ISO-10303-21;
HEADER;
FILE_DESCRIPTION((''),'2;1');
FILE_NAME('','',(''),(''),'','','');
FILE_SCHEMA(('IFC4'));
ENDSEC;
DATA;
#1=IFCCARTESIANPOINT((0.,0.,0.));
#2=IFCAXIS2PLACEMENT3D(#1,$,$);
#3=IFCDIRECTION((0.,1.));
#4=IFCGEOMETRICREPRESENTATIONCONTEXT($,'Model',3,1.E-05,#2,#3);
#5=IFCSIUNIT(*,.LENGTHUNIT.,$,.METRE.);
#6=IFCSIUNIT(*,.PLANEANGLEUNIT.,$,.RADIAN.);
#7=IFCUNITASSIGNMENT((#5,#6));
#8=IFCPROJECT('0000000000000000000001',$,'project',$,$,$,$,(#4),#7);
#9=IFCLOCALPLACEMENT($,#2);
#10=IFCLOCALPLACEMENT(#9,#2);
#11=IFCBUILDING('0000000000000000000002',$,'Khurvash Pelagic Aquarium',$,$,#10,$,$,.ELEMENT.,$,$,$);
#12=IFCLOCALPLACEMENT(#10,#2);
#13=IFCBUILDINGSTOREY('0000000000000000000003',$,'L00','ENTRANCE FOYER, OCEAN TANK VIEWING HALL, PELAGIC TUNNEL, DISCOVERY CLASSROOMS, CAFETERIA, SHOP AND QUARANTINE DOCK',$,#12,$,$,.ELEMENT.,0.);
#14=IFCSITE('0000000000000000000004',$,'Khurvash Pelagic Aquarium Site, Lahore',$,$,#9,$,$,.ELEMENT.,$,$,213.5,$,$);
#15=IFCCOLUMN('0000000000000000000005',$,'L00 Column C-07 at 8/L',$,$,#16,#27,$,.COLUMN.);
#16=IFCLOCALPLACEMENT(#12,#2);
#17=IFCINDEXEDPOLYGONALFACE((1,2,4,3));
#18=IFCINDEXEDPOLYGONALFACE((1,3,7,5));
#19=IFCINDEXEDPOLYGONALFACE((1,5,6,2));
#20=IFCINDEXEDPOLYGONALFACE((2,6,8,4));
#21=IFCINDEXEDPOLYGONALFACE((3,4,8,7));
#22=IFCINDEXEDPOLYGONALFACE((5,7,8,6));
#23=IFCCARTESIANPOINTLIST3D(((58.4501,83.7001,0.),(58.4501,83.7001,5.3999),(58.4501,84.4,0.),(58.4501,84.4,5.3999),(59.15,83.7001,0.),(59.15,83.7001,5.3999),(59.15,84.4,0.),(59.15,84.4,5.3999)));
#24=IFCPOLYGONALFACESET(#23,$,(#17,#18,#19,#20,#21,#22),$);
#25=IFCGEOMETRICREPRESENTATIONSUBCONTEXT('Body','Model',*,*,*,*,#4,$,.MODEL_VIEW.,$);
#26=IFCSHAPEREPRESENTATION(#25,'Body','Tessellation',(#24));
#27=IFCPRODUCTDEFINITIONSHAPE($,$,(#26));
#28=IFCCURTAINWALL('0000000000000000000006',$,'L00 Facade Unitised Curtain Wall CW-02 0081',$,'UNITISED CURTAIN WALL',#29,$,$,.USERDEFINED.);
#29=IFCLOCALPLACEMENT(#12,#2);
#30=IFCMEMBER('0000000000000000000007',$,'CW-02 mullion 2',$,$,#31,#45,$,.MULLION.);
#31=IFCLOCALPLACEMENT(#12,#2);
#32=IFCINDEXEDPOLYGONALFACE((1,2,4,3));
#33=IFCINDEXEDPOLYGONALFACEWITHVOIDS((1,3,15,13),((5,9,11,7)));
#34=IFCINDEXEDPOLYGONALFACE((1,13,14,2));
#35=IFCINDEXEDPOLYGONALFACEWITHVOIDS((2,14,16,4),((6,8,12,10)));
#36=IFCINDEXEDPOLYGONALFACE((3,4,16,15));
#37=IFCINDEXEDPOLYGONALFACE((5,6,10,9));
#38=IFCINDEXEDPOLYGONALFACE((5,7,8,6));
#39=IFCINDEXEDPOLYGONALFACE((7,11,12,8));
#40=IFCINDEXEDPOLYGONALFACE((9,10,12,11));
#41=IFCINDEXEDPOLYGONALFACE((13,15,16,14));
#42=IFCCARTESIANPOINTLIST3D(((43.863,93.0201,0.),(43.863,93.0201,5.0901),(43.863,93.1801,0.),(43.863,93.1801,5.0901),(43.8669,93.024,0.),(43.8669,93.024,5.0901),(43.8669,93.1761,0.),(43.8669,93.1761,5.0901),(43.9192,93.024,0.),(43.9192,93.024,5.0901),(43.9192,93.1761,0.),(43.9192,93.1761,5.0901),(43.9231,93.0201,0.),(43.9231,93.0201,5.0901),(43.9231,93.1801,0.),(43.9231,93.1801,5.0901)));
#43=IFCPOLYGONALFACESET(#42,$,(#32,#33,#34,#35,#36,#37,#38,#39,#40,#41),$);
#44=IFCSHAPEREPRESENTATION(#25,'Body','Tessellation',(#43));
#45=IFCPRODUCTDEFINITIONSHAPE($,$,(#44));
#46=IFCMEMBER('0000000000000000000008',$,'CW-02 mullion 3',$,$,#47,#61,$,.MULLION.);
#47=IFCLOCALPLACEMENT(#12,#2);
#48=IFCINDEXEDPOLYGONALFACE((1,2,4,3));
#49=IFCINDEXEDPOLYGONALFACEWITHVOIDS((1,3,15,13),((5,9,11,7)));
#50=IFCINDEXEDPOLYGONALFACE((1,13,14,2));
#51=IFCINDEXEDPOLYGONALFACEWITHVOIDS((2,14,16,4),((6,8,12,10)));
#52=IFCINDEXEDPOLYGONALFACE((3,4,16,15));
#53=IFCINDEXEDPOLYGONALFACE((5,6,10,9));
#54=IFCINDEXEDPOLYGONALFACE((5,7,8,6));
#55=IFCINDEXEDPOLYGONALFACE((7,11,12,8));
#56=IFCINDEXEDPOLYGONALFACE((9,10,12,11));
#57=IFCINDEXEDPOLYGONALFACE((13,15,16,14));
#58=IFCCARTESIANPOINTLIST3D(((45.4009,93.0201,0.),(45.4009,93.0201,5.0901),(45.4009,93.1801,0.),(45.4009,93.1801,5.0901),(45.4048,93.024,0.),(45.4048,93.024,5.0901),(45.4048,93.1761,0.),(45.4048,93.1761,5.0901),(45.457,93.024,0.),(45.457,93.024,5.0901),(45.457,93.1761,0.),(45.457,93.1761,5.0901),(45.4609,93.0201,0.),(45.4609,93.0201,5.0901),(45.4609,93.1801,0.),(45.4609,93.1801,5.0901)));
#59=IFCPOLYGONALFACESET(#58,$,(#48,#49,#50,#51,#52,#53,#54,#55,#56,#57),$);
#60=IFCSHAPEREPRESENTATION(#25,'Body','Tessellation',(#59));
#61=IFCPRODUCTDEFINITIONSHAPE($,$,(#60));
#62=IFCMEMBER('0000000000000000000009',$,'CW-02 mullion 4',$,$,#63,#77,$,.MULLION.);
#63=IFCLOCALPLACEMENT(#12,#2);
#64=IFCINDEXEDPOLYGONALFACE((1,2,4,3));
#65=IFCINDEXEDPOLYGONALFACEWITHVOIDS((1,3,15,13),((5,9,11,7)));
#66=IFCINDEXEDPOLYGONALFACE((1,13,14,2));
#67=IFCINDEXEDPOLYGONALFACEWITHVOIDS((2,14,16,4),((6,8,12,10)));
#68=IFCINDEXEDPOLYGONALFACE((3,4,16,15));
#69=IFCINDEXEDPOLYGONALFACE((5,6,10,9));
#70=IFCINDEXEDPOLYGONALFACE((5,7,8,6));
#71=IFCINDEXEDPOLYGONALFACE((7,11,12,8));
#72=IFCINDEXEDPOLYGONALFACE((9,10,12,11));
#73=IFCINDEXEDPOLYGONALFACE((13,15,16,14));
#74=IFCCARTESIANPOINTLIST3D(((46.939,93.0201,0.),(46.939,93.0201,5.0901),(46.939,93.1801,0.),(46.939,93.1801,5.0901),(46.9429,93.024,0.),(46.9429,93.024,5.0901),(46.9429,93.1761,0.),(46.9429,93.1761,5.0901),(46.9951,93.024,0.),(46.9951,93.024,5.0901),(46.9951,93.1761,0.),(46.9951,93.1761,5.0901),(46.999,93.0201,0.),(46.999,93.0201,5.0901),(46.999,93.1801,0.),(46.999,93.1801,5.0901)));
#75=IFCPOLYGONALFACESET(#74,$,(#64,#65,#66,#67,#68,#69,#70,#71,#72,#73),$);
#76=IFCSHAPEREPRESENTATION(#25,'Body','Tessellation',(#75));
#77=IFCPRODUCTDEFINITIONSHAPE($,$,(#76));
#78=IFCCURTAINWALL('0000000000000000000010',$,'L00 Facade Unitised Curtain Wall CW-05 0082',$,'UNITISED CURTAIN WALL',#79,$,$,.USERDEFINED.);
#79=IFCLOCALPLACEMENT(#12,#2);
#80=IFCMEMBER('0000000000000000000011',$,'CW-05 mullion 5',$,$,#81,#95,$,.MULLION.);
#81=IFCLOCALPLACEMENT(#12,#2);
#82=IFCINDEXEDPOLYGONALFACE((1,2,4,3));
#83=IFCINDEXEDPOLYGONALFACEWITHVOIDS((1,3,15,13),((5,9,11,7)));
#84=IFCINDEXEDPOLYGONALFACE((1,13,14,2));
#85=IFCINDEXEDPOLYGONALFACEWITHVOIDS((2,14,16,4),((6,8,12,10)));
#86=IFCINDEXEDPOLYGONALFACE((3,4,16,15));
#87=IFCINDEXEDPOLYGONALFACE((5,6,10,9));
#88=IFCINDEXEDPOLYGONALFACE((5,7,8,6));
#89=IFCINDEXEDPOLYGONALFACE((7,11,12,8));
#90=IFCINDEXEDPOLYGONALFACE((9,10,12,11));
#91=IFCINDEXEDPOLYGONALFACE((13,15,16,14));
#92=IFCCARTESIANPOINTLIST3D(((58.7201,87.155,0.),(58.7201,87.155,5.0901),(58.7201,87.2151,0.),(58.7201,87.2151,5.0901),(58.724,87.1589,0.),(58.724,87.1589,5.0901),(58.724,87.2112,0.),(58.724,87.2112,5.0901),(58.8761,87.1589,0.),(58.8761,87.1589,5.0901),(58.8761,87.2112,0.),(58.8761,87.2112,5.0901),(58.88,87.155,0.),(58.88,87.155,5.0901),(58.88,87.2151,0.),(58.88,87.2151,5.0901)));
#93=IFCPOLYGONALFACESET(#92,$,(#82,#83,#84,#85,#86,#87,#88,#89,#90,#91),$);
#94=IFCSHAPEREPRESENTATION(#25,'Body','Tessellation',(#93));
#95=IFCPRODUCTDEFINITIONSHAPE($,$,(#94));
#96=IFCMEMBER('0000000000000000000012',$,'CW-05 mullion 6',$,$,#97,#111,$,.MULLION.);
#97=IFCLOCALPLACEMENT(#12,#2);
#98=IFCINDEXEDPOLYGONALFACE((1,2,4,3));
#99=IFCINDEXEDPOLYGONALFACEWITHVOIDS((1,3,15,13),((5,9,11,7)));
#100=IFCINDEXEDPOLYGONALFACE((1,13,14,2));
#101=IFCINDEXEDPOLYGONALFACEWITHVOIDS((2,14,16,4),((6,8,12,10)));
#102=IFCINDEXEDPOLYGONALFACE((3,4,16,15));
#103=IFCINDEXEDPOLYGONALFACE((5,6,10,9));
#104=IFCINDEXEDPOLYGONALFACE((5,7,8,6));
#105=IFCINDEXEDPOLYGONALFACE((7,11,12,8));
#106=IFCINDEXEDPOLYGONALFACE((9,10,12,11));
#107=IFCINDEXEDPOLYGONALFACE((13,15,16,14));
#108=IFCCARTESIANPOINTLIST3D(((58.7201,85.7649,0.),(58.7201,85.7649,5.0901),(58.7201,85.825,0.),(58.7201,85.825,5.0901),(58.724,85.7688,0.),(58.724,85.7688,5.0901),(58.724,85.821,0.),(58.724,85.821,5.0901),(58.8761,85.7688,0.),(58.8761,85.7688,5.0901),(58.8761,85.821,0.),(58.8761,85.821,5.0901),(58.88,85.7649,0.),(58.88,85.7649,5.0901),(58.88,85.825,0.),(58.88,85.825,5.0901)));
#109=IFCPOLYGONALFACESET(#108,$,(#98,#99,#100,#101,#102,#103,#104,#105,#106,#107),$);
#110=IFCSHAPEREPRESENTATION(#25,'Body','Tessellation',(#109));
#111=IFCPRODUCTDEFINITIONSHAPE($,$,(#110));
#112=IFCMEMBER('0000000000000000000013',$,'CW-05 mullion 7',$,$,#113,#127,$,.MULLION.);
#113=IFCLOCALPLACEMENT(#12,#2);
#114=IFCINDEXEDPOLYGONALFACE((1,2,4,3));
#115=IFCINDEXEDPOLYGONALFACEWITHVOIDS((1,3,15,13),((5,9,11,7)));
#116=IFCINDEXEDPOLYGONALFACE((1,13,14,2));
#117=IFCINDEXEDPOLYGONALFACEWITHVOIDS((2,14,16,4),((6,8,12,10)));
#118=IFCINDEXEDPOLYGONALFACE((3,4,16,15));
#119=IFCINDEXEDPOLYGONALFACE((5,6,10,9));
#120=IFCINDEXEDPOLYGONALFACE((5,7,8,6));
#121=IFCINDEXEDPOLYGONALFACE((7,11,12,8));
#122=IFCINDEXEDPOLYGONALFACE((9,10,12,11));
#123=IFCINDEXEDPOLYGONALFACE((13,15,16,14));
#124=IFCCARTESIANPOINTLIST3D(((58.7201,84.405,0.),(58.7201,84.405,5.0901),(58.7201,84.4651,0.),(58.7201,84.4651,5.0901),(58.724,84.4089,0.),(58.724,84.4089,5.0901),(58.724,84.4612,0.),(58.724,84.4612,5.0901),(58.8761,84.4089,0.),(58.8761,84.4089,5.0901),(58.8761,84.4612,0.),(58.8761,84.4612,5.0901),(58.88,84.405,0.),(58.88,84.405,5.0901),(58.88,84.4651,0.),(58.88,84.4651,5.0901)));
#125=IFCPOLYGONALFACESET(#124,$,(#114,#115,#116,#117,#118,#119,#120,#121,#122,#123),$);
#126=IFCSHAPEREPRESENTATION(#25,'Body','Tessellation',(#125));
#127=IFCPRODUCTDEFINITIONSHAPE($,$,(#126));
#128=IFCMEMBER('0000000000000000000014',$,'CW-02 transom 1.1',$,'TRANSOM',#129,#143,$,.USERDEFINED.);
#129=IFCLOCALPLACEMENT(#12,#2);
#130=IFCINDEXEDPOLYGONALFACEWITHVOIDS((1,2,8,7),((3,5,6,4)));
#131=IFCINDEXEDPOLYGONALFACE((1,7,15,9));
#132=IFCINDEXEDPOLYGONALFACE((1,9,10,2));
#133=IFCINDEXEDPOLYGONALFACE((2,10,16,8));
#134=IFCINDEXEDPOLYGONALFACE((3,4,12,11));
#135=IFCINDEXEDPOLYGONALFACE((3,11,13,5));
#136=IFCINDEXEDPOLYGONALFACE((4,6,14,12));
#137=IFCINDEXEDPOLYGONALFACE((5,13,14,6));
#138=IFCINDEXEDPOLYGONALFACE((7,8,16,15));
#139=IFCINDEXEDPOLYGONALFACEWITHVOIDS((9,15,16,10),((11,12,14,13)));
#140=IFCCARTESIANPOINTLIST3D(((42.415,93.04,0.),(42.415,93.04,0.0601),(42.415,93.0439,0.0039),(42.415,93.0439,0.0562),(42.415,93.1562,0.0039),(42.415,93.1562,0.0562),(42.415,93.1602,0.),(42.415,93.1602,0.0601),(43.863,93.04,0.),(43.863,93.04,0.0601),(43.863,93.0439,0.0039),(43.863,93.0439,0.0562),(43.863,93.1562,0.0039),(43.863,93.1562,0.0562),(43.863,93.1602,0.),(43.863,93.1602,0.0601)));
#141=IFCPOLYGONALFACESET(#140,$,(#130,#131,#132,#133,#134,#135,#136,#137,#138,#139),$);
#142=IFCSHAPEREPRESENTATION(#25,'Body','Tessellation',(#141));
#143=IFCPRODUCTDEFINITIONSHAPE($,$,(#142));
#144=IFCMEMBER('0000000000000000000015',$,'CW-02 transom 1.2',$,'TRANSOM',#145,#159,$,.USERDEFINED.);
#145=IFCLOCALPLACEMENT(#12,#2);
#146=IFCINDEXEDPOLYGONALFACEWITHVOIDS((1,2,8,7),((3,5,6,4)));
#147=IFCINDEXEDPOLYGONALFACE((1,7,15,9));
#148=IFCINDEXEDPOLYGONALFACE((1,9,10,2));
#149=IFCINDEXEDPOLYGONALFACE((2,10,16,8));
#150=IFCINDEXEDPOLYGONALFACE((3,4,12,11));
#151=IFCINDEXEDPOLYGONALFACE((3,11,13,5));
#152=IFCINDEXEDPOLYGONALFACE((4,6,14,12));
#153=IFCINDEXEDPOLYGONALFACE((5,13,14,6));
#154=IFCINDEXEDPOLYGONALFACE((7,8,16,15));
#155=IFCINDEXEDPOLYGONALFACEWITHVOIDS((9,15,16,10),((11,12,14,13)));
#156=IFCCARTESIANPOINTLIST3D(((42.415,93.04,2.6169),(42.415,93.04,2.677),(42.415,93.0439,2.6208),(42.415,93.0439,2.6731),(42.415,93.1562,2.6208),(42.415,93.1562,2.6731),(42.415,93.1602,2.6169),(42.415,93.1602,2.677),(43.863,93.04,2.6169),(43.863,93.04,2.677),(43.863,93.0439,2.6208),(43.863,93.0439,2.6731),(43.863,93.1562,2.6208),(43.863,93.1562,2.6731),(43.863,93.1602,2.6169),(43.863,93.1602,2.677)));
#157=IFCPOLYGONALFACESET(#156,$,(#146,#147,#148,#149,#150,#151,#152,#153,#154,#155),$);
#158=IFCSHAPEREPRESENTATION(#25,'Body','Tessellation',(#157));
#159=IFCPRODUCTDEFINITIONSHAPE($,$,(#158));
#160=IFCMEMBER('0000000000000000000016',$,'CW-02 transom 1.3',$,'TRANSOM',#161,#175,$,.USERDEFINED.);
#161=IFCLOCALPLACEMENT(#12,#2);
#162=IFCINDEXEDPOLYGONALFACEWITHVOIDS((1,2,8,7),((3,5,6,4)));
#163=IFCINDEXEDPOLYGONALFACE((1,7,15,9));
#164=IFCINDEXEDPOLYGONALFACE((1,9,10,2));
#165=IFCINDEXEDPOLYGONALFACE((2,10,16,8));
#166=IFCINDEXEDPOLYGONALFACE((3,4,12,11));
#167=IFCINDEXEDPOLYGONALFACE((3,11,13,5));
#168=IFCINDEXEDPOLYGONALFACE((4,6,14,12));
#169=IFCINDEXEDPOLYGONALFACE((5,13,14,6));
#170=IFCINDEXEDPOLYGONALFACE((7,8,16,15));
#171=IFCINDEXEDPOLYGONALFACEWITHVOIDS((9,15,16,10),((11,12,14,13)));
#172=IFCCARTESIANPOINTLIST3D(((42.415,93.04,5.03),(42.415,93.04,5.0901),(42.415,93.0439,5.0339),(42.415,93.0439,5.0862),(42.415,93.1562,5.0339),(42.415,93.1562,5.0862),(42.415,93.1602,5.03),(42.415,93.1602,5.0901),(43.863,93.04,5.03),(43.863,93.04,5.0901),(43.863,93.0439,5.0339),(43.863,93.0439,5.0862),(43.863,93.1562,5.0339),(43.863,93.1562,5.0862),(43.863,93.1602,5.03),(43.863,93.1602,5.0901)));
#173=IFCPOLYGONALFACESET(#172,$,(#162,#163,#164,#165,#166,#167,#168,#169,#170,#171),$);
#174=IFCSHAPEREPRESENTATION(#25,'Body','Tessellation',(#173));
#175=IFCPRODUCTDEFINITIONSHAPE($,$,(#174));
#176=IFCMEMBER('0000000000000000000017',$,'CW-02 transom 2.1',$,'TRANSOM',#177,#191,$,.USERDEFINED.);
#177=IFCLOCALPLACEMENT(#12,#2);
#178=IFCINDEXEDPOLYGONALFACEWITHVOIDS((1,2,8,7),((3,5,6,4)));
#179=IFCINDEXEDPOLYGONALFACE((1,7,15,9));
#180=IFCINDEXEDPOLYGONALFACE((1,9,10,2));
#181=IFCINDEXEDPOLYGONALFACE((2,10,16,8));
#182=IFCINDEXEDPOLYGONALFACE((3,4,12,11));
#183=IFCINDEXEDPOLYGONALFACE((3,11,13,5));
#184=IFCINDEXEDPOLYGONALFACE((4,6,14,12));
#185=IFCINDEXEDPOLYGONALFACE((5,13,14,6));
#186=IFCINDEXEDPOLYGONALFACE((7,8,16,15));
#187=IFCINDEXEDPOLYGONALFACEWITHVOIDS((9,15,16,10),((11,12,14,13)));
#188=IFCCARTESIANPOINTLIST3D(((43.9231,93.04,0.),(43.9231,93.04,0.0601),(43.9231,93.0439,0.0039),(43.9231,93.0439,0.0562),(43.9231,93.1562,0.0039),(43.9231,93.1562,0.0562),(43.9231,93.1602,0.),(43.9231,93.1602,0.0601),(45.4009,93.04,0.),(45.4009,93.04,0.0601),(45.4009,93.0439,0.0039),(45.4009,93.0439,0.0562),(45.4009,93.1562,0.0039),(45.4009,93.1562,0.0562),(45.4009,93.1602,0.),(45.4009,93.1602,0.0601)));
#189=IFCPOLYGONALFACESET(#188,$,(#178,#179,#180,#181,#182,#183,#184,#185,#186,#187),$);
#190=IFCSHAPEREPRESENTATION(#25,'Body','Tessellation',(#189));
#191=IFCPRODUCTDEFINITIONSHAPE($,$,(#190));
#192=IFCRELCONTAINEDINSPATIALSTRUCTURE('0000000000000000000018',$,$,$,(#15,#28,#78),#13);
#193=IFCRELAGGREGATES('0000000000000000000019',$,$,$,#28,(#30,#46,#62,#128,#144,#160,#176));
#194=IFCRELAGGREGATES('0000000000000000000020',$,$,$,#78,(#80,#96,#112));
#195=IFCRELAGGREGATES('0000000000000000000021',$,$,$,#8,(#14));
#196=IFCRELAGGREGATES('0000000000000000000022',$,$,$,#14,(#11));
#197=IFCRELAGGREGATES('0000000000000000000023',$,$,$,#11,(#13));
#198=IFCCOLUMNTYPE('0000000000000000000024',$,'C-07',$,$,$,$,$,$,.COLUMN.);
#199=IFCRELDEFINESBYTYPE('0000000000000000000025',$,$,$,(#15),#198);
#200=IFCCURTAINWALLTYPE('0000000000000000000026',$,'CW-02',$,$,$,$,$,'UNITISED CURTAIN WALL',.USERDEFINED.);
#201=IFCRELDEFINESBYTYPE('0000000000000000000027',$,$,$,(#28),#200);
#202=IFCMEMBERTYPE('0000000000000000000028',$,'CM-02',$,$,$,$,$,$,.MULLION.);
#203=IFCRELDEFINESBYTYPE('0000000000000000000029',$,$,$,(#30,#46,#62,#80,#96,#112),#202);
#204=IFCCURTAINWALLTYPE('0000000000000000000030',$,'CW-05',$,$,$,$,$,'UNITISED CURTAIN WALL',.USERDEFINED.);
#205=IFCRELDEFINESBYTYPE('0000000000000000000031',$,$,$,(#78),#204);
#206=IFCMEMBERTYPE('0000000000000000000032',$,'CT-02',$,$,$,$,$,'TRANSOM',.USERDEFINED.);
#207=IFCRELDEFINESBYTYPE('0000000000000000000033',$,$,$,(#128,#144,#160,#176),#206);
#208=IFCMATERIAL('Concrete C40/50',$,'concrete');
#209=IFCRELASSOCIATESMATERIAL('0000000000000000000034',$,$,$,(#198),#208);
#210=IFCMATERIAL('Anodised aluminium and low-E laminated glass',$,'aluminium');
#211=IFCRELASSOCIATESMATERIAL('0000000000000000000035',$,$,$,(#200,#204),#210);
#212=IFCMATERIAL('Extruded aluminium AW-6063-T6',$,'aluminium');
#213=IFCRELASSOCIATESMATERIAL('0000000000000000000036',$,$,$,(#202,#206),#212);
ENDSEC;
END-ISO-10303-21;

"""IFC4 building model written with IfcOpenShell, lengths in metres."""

from ifc_helpers import new_model, si_unit, direction, frame, origin, origin_2d, place, context, subcontext, project, spatial, rectangle, hollow_rectangle, extrude, material, material_profile, profile_set, type_object, element, aggregate, save


model = new_model("IFC4")

# Units and contexts
model_context = context("Model", 3, precision=1e-05, world=origin(), true_north=direction((0.0, 1.0)))
body_context = subcontext(model_context, "Body", "Model", "MODEL_VIEW")
ifc_project = project(units=[si_unit("LENGTHUNIT", "METRE"), si_unit("PLANEANGLEUNIT", "RADIAN")], contexts=[model_context])

# Site, building, storey
site_placement = place(None, origin())
site = spatial("IfcSite", under=ifc_project, at=site_placement, Name="Khurvash Pelagic Aquarium Site, Lahore", CompositionType="ELEMENT", RefElevation=213.5)
building_placement = place(site_placement, origin())
building = spatial("IfcBuilding", under=site, at=building_placement, Name="Khurvash Pelagic Aquarium", CompositionType="ELEMENT")
storey_placement = place(building_placement, origin())
storey = spatial("IfcBuildingStorey", under=building, at=storey_placement, Name="L00", Description="ENTRANCE FOYER, OCEAN TANK VIEWING HALL, PELAGIC TUNNEL, DISCOVERY CLASSROOMS, CAFETERIA, SHOP AND QUARANTINE DOCK", CompositionType="ELEMENT", Elevation=0.0)

# Column
ifc_material_1 = material(Name="Concrete C40/50", Category="concrete")
ifc_material_profile_1 = material_profile(ifc_material_1, rectangle(XDim=0.7, YDim=0.7, at=origin_2d()), Name="RC700X700")
ifc_profile_set_1 = profile_set([ifc_material_profile_1], Name="Concrete C40/50")
column_type = type_object("IfcColumnType", Name="C-07", PredefinedType="COLUMN", material=ifc_profile_set_1)
column_placement = place(storey_placement, frame((58.8, 84.05, 0.0), z_axis=(0.0, 0.0, 1.0), x_axis=(1.0, 0.0, 0.0)))
element("IfcColumn", 1, at=column_placement, inside=storey, type_object=column_type, Name="L00 Column C-07 at 8/L", PredefinedType="COLUMN", context=body_context, shape_type="SweptSolid", body=[
    extrude(rectangle(XDim=0.7, YDim=0.7, at=origin_2d()), origin(), (0.0, 0.0, 1.0), 5.3999),
])

# Curtain walls, members
ifc_material_2 = material(Name="Anodised aluminium and low-E laminated glass", Category="aluminium")
curtain_wall_type_1 = type_object("IfcCurtainWallType", Name="CW-02", ElementType="UNITISED CURTAIN WALL", PredefinedType="USERDEFINED", material=ifc_material_2)
curtain_wall_1_placement = place(storey_placement, origin())
curtain_wall_1 = element("IfcCurtainWall", 2, at=curtain_wall_1_placement, inside=storey, type_object=curtain_wall_type_1, Name="L00 Facade Unitised Curtain Wall CW-02 0081", ObjectType="UNITISED CURTAIN WALL", PredefinedType="USERDEFINED")
ifc_material_3 = material(Name="Extruded aluminium AW-6063-T6", Category="aluminium")
ifc_material_profile_2 = material_profile(ifc_material_3, hollow_rectangle(XDim=0.0601, YDim=0.1599, WallThickness=0.0039, at=origin_2d()), Name="CWM60X160X4")
ifc_profile_set_2 = profile_set([ifc_material_profile_2], Name="Extruded aluminium AW-6063-T6")
member_type_1 = type_object("IfcMemberType", Name="CM-02", PredefinedType="MULLION", material=ifc_profile_set_2)
member_1_placement = place(storey_placement, frame((43.8931, 93.1001, 0.0), z_axis=(0.0, 0.0, 1.0), x_axis=(1.0, 0.0, 0.0)))
member_1 = element("IfcMember", 3, at=member_1_placement, type_object=member_type_1, Name="CW-02 mullion 2", PredefinedType="MULLION", context=body_context, shape_type="SweptSolid", body=[
    extrude(hollow_rectangle(XDim=0.0601, YDim=0.1599, WallThickness=0.0039, at=origin_2d()), origin(), (0.0, 0.0, 1.0), 5.0901),
])
member_2_placement = place(storey_placement, frame((45.4309, 93.1001, 0.0), z_axis=(0.0, 0.0, 1.0), x_axis=(1.0, 0.0, 0.0)))
member_2 = element("IfcMember", 4, at=member_2_placement, type_object=member_type_1, Name="CW-02 mullion 3", PredefinedType="MULLION", context=body_context, shape_type="SweptSolid", body=[
    extrude(hollow_rectangle(XDim=0.0601, YDim=0.1599, WallThickness=0.0039, at=origin_2d()), origin(), (0.0, 0.0, 1.0), 5.0901),
])
member_3_placement = place(storey_placement, frame((46.969, 93.1001, 0.0), z_axis=(0.0, 0.0, 1.0), x_axis=(1.0, 0.0, 0.0)))
member_3 = element("IfcMember", 5, at=member_3_placement, type_object=member_type_1, Name="CW-02 mullion 4", PredefinedType="MULLION", context=body_context, shape_type="SweptSolid", body=[
    extrude(hollow_rectangle(XDim=0.0601, YDim=0.1599, WallThickness=0.0039, at=origin_2d()), origin(), (0.0, 0.0, 1.0), 5.0901),
])
curtain_wall_type_2 = type_object("IfcCurtainWallType", Name="CW-05", ElementType="UNITISED CURTAIN WALL", PredefinedType="USERDEFINED", material=ifc_material_2)
curtain_wall_2_placement = place(storey_placement, origin())
curtain_wall_2 = element("IfcCurtainWall", 6, at=curtain_wall_2_placement, inside=storey, type_object=curtain_wall_type_2, Name="L00 Facade Unitised Curtain Wall CW-05 0082", ObjectType="UNITISED CURTAIN WALL", PredefinedType="USERDEFINED")
member_4_placement = place(storey_placement, frame((58.8, 87.1851, 0.0), z_axis=(0.0, 0.0, 1.0), x_axis=(0.0, -1.0, 0.0)))
member_4 = element("IfcMember", 7, at=member_4_placement, type_object=member_type_1, Name="CW-05 mullion 5", PredefinedType="MULLION", context=body_context, shape_type="SweptSolid", body=[
    extrude(hollow_rectangle(XDim=0.0601, YDim=0.1599, WallThickness=0.0039, at=origin_2d()), origin(), (0.0, 0.0, 1.0), 5.0901),
])
member_5_placement = place(storey_placement, frame((58.8, 85.7949, 0.0), z_axis=(0.0, 0.0, 1.0), x_axis=(0.0, -1.0, 0.0)))
member_5 = element("IfcMember", 8, at=member_5_placement, type_object=member_type_1, Name="CW-05 mullion 6", PredefinedType="MULLION", context=body_context, shape_type="SweptSolid", body=[
    extrude(hollow_rectangle(XDim=0.0601, YDim=0.1599, WallThickness=0.0039, at=origin_2d()), origin(), (0.0, 0.0, 1.0), 5.0901),
])
member_6_placement = place(storey_placement, frame((58.8, 84.4351, 0.0), z_axis=(0.0, 0.0, 1.0), x_axis=(0.0, -1.0, 0.0)))
member_6 = element("IfcMember", 9, at=member_6_placement, type_object=member_type_1, Name="CW-05 mullion 7", PredefinedType="MULLION", context=body_context, shape_type="SweptSolid", body=[
    extrude(hollow_rectangle(XDim=0.0601, YDim=0.1599, WallThickness=0.0039, at=origin_2d()), origin(), (0.0, 0.0, 1.0), 5.0901),
])

# Members
ifc_material_profile_3 = material_profile(ifc_material_3, hollow_rectangle(XDim=0.1201, YDim=0.0601, WallThickness=0.0039, at=origin_2d()), Name="CWT120X60X4")
ifc_profile_set_3 = profile_set([ifc_material_profile_3], Name="Extruded aluminium AW-6063-T6")
member_type_2 = type_object("IfcMemberType", Name="CT-02", ElementType="TRANSOM", PredefinedType="USERDEFINED", material=ifc_profile_set_3)
member_7_placement = place(storey_placement, frame((42.415, 93.1001, 0.03), z_axis=(1.0, 0.0, 0.0), x_axis=(0.0, 1.0, 0.0)))
member_7 = element("IfcMember", 10, at=member_7_placement, type_object=member_type_2, Name="CW-02 transom 1.1", ObjectType="TRANSOM", PredefinedType="USERDEFINED", context=body_context, shape_type="SweptSolid", body=[
    extrude(hollow_rectangle(XDim=0.1201, YDim=0.0601, WallThickness=0.0039, at=origin_2d()), origin(), (0.0, 0.0, 1.0), 1.448),
])
member_8_placement = place(storey_placement, frame((42.415, 93.1001, 2.647), z_axis=(1.0, 0.0, 0.0), x_axis=(0.0, 1.0, 0.0)))
member_8 = element("IfcMember", 11, at=member_8_placement, type_object=member_type_2, Name="CW-02 transom 1.2", ObjectType="TRANSOM", PredefinedType="USERDEFINED", context=body_context, shape_type="SweptSolid", body=[
    extrude(hollow_rectangle(XDim=0.1201, YDim=0.0601, WallThickness=0.0039, at=origin_2d()), origin(), (0.0, 0.0, 1.0), 1.448),
])
member_9_placement = place(storey_placement, frame((42.415, 93.1001, 5.0601), z_axis=(1.0, 0.0, 0.0), x_axis=(0.0, 1.0, 0.0)))
member_9 = element("IfcMember", 12, at=member_9_placement, type_object=member_type_2, Name="CW-02 transom 1.3", ObjectType="TRANSOM", PredefinedType="USERDEFINED", context=body_context, shape_type="SweptSolid", body=[
    extrude(hollow_rectangle(XDim=0.1201, YDim=0.0601, WallThickness=0.0039, at=origin_2d()), origin(), (0.0, 0.0, 1.0), 1.448),
])
member_10_placement = place(storey_placement, frame((43.9231, 93.1001, 0.03), z_axis=(1.0, 0.0, 0.0), x_axis=(0.0, 1.0, 0.0)))
member_10 = element("IfcMember", 13, at=member_10_placement, type_object=member_type_2, Name="CW-02 transom 2.1", ObjectType="TRANSOM", PredefinedType="USERDEFINED", context=body_context, shape_type="SweptSolid", body=[
    extrude(hollow_rectangle(XDim=0.1201, YDim=0.0601, WallThickness=0.0039, at=origin_2d()), origin(), (0.0, 0.0, 1.0), 1.4778),
])

aggregate(curtain_wall_1, [member_1, member_2, member_3, member_7, member_8, member_9, member_10])
aggregate(curtain_wall_2, [member_4, member_5, member_6])

save(model, "model.ifc")
